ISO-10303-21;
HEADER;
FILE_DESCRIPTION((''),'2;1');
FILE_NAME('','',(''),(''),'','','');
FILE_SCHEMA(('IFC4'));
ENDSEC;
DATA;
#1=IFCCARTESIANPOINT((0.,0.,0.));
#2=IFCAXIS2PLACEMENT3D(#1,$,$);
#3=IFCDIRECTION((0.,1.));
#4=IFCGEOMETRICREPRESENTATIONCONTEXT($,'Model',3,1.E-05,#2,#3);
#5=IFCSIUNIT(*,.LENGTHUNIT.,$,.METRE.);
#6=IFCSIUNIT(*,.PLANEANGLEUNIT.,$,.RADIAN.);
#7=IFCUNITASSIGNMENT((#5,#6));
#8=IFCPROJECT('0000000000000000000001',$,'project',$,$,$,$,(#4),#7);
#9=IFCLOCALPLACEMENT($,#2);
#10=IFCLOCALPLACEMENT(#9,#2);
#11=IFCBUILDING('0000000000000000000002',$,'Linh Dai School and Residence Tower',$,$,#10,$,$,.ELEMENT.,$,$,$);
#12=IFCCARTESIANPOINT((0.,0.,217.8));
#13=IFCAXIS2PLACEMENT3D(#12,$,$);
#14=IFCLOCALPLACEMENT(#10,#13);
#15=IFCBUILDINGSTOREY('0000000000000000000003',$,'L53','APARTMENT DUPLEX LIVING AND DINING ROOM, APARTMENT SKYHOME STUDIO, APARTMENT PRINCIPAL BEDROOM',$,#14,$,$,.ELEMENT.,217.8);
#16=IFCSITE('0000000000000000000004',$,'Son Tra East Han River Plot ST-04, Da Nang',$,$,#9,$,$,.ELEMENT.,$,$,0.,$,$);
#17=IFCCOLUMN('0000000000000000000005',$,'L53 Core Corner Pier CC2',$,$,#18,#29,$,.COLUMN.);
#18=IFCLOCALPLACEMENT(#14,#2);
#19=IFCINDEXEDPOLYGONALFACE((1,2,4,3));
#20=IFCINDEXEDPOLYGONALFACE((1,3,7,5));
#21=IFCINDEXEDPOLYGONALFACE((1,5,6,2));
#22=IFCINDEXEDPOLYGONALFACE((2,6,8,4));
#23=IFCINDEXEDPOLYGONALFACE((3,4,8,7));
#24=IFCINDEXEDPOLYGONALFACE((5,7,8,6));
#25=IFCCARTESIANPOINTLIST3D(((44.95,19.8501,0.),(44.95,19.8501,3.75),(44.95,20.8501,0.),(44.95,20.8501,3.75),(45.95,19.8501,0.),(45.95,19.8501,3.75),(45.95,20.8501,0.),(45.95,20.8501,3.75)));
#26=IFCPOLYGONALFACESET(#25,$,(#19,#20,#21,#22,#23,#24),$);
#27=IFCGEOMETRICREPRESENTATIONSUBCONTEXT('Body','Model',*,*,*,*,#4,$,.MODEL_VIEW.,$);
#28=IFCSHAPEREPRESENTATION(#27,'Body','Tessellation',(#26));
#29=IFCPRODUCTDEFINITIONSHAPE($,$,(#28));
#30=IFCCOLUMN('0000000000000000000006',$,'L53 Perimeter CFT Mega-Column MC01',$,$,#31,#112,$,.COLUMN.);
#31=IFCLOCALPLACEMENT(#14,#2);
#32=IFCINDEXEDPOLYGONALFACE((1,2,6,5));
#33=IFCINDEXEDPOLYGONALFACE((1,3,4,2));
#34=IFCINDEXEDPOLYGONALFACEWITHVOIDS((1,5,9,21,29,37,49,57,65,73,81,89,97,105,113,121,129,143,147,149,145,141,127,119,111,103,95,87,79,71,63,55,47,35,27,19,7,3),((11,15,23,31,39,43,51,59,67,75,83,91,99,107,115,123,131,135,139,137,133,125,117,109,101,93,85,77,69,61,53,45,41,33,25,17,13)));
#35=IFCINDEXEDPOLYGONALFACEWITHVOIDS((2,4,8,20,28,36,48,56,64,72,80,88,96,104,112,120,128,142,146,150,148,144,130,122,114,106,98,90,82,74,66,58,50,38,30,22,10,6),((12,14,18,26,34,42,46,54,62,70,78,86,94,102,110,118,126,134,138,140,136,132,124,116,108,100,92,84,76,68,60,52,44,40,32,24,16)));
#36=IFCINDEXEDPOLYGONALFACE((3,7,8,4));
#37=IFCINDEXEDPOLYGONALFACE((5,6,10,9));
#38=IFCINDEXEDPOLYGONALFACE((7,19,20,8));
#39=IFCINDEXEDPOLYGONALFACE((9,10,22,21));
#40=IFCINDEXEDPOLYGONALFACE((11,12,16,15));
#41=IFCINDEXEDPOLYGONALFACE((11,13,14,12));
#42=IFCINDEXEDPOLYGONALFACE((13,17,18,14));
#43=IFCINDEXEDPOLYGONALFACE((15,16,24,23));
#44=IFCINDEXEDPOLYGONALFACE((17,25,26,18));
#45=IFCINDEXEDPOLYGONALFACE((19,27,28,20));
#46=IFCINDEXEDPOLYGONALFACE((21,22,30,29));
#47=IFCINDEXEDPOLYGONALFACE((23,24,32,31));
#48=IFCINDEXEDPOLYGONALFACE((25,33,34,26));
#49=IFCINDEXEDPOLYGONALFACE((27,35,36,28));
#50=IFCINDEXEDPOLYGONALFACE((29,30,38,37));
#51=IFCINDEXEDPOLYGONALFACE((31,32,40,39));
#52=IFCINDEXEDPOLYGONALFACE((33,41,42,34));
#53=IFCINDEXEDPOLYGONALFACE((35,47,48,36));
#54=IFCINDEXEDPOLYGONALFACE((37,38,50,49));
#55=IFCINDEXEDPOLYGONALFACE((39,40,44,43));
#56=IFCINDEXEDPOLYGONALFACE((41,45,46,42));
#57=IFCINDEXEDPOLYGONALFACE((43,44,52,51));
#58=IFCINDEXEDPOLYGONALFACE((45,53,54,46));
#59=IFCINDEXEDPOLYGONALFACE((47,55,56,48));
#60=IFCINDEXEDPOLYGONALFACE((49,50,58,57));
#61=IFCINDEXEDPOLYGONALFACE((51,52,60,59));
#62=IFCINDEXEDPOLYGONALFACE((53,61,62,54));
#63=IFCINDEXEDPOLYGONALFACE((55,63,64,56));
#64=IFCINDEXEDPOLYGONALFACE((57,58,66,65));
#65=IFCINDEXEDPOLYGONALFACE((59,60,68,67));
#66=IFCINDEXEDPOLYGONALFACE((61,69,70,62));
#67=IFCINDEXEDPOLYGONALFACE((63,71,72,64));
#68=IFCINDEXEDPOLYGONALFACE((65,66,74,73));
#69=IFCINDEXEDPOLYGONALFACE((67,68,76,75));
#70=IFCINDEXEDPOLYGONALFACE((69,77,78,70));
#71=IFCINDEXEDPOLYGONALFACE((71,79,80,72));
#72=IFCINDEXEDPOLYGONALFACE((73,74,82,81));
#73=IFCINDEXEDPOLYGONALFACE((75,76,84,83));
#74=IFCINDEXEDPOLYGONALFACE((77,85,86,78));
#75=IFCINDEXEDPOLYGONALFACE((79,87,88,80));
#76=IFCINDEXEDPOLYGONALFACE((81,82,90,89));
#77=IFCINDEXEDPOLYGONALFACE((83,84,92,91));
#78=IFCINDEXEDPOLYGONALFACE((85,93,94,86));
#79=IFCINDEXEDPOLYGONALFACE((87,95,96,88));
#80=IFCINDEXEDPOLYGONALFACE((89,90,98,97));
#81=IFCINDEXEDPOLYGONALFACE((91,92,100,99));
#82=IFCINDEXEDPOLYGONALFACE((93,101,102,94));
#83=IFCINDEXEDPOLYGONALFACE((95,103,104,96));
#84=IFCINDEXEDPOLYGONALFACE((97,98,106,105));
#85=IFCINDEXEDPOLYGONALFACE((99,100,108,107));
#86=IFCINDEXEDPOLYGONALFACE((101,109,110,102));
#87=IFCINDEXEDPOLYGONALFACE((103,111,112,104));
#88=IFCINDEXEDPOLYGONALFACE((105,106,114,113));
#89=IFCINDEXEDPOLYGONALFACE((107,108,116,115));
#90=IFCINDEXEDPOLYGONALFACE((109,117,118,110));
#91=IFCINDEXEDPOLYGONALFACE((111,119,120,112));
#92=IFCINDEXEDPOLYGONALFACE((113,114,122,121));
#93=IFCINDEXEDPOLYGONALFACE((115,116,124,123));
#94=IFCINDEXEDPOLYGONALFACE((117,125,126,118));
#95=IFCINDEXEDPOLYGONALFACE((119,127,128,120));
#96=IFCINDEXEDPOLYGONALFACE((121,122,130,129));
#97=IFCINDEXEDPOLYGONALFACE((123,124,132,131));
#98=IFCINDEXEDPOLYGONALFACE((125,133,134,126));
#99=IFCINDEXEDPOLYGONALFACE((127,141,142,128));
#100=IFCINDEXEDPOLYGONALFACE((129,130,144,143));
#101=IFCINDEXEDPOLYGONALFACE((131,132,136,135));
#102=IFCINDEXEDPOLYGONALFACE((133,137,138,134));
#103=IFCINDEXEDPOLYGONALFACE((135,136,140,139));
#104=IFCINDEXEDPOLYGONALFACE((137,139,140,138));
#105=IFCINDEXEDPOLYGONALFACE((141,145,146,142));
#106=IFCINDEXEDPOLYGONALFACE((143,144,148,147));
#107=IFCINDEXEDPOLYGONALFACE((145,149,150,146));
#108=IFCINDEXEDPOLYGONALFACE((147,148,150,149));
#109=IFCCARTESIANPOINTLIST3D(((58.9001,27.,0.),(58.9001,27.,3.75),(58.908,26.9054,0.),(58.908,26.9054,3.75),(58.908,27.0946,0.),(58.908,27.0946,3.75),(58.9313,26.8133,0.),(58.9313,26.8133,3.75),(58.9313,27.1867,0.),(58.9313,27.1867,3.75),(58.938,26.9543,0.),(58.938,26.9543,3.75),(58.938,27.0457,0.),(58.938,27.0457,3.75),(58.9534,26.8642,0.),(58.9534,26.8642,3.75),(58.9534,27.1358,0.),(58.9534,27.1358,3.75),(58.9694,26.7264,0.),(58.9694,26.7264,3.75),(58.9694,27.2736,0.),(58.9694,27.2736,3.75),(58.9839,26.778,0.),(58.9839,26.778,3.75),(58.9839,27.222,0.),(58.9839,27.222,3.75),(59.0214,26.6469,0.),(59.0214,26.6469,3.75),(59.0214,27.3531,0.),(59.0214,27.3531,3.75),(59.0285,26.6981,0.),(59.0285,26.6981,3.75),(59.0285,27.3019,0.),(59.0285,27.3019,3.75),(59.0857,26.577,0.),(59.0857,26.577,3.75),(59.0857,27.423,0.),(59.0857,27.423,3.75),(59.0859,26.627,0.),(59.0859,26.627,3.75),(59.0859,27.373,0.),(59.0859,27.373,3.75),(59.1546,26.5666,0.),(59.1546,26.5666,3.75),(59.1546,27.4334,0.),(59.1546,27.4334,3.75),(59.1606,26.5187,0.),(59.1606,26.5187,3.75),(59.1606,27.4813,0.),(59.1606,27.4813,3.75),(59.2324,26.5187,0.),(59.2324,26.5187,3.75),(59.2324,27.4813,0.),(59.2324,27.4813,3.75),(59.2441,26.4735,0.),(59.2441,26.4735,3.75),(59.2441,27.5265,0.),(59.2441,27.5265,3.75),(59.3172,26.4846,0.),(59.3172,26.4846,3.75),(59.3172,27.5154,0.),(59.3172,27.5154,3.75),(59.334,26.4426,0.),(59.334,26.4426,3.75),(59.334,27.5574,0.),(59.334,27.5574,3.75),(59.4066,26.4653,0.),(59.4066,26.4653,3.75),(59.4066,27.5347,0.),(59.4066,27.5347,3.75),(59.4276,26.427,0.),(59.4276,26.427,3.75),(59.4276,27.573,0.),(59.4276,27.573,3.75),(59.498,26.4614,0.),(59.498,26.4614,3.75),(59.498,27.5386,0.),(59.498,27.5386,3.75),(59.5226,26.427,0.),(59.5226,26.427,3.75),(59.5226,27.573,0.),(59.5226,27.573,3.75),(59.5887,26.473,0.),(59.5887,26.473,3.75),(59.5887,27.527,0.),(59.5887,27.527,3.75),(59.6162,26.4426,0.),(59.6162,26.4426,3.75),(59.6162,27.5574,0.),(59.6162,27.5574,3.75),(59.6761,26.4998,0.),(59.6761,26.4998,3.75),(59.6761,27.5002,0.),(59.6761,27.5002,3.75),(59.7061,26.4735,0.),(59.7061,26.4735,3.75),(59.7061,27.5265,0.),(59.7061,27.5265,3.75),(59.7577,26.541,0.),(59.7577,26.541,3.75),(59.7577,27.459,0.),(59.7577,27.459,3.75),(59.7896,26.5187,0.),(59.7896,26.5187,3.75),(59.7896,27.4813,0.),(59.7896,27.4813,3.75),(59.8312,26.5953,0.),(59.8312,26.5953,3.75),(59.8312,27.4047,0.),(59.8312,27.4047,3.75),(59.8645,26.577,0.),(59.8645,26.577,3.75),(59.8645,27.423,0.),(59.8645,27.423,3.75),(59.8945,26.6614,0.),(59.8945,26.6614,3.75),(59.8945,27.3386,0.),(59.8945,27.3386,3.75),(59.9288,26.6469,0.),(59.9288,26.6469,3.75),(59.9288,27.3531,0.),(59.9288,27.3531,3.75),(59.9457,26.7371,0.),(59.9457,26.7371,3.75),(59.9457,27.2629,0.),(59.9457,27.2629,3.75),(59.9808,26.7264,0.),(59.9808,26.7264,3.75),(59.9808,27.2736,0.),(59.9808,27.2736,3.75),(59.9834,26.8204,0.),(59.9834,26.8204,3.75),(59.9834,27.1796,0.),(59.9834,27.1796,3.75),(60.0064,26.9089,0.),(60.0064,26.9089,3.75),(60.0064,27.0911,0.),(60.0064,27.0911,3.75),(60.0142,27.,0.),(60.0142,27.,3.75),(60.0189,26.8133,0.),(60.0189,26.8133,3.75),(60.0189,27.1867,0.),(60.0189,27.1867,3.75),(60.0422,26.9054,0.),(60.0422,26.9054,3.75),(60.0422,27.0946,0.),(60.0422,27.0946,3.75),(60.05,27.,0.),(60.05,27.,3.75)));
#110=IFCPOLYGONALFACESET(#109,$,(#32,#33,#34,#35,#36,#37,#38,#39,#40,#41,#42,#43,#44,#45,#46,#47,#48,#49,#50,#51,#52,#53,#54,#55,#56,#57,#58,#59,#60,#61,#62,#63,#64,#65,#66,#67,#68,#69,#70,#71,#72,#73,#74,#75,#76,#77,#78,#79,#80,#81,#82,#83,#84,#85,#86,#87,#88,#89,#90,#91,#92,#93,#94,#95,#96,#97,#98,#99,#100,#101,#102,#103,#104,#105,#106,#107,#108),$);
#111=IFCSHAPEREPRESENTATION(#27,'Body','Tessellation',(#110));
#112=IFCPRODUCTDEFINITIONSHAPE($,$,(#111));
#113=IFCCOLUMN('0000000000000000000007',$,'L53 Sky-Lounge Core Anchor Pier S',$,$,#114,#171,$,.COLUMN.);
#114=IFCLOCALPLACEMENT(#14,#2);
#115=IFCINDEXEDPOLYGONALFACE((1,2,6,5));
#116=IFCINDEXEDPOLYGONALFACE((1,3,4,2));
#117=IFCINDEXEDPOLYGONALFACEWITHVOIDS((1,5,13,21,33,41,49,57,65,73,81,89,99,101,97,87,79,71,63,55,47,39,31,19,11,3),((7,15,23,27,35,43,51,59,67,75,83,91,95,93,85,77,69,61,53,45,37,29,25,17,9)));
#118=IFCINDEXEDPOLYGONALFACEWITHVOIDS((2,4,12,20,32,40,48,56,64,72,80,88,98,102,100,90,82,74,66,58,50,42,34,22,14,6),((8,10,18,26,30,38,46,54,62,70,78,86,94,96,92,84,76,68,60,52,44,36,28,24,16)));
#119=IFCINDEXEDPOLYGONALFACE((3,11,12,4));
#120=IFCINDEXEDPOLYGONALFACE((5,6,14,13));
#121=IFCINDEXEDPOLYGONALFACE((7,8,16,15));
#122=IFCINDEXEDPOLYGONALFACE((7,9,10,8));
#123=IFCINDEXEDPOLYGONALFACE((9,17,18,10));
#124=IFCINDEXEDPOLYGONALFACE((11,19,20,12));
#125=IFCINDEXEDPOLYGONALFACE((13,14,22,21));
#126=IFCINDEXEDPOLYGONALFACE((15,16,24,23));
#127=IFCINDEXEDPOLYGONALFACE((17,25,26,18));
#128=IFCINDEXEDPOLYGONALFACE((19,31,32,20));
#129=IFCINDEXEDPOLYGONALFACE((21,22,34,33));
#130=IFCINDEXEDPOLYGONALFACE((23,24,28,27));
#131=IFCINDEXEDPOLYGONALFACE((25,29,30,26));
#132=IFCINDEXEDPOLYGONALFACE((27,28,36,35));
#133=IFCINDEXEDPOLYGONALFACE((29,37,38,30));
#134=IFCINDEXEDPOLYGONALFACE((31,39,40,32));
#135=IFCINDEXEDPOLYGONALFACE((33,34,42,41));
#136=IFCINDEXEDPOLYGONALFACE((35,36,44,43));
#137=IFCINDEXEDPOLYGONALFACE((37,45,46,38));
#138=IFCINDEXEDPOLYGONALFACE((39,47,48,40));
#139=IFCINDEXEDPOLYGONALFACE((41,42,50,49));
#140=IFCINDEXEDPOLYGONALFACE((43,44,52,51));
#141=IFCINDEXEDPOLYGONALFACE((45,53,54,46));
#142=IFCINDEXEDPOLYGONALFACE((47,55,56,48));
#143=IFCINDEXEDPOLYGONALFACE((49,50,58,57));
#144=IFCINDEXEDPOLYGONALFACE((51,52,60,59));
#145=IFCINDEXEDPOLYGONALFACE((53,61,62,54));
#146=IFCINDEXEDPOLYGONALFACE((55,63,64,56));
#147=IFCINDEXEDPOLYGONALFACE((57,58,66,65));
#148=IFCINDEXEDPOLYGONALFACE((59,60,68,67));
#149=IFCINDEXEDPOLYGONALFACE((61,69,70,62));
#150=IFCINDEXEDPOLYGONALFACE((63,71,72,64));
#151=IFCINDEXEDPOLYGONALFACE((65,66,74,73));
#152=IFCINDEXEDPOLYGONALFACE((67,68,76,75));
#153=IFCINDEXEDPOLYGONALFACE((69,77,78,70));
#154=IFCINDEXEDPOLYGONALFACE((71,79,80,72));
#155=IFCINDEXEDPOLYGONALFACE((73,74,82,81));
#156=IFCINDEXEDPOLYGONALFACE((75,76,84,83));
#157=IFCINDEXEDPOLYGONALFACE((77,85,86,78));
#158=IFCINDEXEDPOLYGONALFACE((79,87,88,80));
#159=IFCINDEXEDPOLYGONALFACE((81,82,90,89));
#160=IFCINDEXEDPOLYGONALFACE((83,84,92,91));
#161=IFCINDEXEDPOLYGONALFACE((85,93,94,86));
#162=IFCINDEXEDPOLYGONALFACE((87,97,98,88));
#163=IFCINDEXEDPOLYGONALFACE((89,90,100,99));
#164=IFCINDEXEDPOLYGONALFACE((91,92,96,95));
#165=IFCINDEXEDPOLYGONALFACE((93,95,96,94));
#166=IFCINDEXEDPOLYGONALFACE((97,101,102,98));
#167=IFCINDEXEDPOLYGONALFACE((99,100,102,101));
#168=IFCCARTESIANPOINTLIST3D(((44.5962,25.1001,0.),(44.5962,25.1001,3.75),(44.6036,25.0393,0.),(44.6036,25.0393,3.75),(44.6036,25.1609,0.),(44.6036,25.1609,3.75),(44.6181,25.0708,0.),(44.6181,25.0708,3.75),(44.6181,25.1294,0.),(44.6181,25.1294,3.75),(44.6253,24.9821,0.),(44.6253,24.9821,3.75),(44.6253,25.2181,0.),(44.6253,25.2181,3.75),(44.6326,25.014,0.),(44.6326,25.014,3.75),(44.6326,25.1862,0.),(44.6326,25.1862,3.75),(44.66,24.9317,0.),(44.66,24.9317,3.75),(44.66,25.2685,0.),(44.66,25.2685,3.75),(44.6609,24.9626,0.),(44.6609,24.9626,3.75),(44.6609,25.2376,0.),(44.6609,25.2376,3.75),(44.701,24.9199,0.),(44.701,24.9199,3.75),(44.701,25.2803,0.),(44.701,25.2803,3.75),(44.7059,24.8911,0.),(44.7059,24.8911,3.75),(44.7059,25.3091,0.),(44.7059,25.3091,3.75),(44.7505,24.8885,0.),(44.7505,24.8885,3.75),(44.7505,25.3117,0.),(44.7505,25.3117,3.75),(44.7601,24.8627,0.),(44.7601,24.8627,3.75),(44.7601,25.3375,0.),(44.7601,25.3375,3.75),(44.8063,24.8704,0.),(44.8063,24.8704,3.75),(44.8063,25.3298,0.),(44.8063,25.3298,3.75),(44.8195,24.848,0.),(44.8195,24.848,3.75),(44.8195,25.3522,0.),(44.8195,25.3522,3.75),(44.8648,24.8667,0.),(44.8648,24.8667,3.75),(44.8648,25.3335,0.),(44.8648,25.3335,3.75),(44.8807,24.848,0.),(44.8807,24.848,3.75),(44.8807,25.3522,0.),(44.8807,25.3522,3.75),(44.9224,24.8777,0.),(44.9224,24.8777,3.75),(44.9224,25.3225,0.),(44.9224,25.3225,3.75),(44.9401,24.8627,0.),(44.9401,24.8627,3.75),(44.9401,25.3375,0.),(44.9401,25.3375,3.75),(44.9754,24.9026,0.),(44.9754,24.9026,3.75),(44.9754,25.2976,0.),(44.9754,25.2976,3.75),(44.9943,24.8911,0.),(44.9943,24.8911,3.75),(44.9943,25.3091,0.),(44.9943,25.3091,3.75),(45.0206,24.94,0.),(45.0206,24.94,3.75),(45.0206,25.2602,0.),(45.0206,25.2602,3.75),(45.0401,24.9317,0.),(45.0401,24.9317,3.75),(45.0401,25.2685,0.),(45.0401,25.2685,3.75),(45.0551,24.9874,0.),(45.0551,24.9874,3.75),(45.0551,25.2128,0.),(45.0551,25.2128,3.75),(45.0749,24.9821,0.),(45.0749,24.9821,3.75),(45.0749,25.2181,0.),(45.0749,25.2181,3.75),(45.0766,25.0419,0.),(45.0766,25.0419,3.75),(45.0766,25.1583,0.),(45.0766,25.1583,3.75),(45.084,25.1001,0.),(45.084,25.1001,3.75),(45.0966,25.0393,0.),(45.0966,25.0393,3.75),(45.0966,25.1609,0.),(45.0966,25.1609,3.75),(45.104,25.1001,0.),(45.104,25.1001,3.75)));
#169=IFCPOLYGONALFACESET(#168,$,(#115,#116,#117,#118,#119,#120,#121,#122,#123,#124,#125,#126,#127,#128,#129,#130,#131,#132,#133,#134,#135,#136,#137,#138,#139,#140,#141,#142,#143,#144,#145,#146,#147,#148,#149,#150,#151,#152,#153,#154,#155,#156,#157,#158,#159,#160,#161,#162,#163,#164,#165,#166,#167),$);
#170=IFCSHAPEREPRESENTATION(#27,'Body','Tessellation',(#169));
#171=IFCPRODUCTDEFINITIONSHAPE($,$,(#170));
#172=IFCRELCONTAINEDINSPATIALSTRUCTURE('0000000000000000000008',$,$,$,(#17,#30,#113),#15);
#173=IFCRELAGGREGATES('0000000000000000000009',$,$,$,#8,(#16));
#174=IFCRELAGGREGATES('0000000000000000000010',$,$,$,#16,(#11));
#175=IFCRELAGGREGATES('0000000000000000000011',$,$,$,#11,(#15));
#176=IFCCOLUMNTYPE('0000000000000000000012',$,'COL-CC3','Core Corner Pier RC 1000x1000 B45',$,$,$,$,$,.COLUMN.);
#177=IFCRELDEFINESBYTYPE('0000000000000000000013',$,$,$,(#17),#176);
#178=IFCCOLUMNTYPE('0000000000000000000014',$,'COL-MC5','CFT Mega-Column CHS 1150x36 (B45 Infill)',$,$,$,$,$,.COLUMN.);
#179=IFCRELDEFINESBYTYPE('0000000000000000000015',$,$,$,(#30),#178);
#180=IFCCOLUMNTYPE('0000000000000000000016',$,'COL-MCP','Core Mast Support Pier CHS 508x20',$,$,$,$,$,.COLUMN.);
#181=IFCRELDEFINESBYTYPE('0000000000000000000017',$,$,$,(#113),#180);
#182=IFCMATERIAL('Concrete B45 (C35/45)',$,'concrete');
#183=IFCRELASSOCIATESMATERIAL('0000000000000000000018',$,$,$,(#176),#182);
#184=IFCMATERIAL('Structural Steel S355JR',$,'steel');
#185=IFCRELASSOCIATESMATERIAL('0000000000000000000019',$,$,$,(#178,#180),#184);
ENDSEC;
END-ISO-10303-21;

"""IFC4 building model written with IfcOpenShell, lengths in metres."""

from ifc_helpers import new_model, si_unit, direction, frame, origin, origin_2d, place, context, subcontext, project, spatial, rectangle, hollow_circle, extrude, material, material_profile, profile_set, type_object, element, save


model = new_model("IFC4")

# Units and contexts
model_context = context("Model", 3, precision=1e-05, world=origin(), true_north=direction((0.0, 1.0)))
body_context = subcontext(model_context, "Body", "Model", "MODEL_VIEW")
ifc_project = project(units=[si_unit("LENGTHUNIT", "METRE"), si_unit("PLANEANGLEUNIT", "RADIAN")], contexts=[model_context])

# Site, building, storey
site_placement = place(None, origin())
site = spatial("IfcSite", under=ifc_project, at=site_placement, Name="Son Tra East Han River Plot ST-04, Da Nang", CompositionType="ELEMENT", RefElevation=0.0)
building_placement = place(site_placement, origin())
building = spatial("IfcBuilding", under=site, at=building_placement, Name="Linh Dai School and Residence Tower", CompositionType="ELEMENT")
storey_placement = place(building_placement, frame((0.0, 0.0, 217.8)))
storey = spatial("IfcBuildingStorey", under=building, at=storey_placement, Name="L53", Description="APARTMENT DUPLEX LIVING AND DINING ROOM, APARTMENT SKYHOME STUDIO, APARTMENT PRINCIPAL BEDROOM", CompositionType="ELEMENT", Elevation=217.8)

# Columns
ifc_material_1 = material(Name="Concrete B45 (C35/45)", Category="concrete")
ifc_material_profile_1 = material_profile(ifc_material_1, rectangle(XDim=1.0, YDim=1.0, at=origin_2d()), Name="RC 1000x1000")
ifc_profile_set_1 = profile_set([ifc_material_profile_1], Name="Concrete B45 (C35/45)")
column_type_1 = type_object("IfcColumnType", Name="COL-CC3", Description="Core Corner Pier RC 1000x1000 B45", PredefinedType="COLUMN", material=ifc_profile_set_1)
column_1_placement = place(storey_placement, frame((45.45, 20.3501, 0.0), z_axis=(0.0, 0.0, 1.0), x_axis=(1.0, 0.0, 0.0)))
element("IfcColumn", 1, at=column_1_placement, inside=storey, type_object=column_type_1, Name="L53 Core Corner Pier CC2", PredefinedType="COLUMN", context=body_context, shape_type="SweptSolid", body=[
    extrude(rectangle(XDim=1.0, YDim=1.0, at=origin_2d()), origin(), (0.0, 0.0, 1.0), 3.75),
])
ifc_material_2 = material(Name="Structural Steel S355JR", Category="steel")
ifc_material_profile_2 = material_profile(ifc_material_2, hollow_circle(Radius=0.575, WallThickness=0.0359, at=origin_2d()), Name="CHS 1150x36")
ifc_profile_set_2 = profile_set([ifc_material_profile_2], Name="Structural Steel S355JR")
column_type_2 = type_object("IfcColumnType", Name="COL-MC5", Description="CFT Mega-Column CHS 1150x36 (B45 Infill)", PredefinedType="COLUMN", material=ifc_profile_set_2)
column_2_placement = place(storey_placement, frame((59.4751, 27.0, 0.0), z_axis=(0.0, 0.0, 1.0), x_axis=(1.0, 0.0, 0.0)))
element("IfcColumn", 2, at=column_2_placement, inside=storey, type_object=column_type_2, Name="L53 Perimeter CFT Mega-Column MC01", PredefinedType="COLUMN", context=body_context, shape_type="SweptSolid", body=[
    extrude(hollow_circle(Radius=0.575, WallThickness=0.0359, at=origin_2d()), origin(), (0.0, 0.0, 1.0), 3.75),
])
ifc_material_profile_3 = material_profile(ifc_material_2, hollow_circle(Radius=0.2539, WallThickness=0.02, at=origin_2d()), Name="CHS 508x20")
ifc_profile_set_3 = profile_set([ifc_material_profile_3], Name="Structural Steel S355JR")
column_type_3 = type_object("IfcColumnType", Name="COL-MCP", Description="Core Mast Support Pier CHS 508x20", PredefinedType="COLUMN", material=ifc_profile_set_3)
column_3_placement = place(storey_placement, frame((44.8501, 25.1001, 0.0), z_axis=(0.0, 0.0, 1.0), x_axis=(1.0, 0.0, 0.0)))
element("IfcColumn", 3, at=column_3_placement, inside=storey, type_object=column_type_3, Name="L53 Sky-Lounge Core Anchor Pier S", PredefinedType="COLUMN", context=body_context, shape_type="SweptSolid", body=[
    extrude(hollow_circle(Radius=0.2539, WallThickness=0.02, at=origin_2d()), origin(), (0.0, 0.0, 1.0), 3.75),
])

save(model, "model.ifc")
